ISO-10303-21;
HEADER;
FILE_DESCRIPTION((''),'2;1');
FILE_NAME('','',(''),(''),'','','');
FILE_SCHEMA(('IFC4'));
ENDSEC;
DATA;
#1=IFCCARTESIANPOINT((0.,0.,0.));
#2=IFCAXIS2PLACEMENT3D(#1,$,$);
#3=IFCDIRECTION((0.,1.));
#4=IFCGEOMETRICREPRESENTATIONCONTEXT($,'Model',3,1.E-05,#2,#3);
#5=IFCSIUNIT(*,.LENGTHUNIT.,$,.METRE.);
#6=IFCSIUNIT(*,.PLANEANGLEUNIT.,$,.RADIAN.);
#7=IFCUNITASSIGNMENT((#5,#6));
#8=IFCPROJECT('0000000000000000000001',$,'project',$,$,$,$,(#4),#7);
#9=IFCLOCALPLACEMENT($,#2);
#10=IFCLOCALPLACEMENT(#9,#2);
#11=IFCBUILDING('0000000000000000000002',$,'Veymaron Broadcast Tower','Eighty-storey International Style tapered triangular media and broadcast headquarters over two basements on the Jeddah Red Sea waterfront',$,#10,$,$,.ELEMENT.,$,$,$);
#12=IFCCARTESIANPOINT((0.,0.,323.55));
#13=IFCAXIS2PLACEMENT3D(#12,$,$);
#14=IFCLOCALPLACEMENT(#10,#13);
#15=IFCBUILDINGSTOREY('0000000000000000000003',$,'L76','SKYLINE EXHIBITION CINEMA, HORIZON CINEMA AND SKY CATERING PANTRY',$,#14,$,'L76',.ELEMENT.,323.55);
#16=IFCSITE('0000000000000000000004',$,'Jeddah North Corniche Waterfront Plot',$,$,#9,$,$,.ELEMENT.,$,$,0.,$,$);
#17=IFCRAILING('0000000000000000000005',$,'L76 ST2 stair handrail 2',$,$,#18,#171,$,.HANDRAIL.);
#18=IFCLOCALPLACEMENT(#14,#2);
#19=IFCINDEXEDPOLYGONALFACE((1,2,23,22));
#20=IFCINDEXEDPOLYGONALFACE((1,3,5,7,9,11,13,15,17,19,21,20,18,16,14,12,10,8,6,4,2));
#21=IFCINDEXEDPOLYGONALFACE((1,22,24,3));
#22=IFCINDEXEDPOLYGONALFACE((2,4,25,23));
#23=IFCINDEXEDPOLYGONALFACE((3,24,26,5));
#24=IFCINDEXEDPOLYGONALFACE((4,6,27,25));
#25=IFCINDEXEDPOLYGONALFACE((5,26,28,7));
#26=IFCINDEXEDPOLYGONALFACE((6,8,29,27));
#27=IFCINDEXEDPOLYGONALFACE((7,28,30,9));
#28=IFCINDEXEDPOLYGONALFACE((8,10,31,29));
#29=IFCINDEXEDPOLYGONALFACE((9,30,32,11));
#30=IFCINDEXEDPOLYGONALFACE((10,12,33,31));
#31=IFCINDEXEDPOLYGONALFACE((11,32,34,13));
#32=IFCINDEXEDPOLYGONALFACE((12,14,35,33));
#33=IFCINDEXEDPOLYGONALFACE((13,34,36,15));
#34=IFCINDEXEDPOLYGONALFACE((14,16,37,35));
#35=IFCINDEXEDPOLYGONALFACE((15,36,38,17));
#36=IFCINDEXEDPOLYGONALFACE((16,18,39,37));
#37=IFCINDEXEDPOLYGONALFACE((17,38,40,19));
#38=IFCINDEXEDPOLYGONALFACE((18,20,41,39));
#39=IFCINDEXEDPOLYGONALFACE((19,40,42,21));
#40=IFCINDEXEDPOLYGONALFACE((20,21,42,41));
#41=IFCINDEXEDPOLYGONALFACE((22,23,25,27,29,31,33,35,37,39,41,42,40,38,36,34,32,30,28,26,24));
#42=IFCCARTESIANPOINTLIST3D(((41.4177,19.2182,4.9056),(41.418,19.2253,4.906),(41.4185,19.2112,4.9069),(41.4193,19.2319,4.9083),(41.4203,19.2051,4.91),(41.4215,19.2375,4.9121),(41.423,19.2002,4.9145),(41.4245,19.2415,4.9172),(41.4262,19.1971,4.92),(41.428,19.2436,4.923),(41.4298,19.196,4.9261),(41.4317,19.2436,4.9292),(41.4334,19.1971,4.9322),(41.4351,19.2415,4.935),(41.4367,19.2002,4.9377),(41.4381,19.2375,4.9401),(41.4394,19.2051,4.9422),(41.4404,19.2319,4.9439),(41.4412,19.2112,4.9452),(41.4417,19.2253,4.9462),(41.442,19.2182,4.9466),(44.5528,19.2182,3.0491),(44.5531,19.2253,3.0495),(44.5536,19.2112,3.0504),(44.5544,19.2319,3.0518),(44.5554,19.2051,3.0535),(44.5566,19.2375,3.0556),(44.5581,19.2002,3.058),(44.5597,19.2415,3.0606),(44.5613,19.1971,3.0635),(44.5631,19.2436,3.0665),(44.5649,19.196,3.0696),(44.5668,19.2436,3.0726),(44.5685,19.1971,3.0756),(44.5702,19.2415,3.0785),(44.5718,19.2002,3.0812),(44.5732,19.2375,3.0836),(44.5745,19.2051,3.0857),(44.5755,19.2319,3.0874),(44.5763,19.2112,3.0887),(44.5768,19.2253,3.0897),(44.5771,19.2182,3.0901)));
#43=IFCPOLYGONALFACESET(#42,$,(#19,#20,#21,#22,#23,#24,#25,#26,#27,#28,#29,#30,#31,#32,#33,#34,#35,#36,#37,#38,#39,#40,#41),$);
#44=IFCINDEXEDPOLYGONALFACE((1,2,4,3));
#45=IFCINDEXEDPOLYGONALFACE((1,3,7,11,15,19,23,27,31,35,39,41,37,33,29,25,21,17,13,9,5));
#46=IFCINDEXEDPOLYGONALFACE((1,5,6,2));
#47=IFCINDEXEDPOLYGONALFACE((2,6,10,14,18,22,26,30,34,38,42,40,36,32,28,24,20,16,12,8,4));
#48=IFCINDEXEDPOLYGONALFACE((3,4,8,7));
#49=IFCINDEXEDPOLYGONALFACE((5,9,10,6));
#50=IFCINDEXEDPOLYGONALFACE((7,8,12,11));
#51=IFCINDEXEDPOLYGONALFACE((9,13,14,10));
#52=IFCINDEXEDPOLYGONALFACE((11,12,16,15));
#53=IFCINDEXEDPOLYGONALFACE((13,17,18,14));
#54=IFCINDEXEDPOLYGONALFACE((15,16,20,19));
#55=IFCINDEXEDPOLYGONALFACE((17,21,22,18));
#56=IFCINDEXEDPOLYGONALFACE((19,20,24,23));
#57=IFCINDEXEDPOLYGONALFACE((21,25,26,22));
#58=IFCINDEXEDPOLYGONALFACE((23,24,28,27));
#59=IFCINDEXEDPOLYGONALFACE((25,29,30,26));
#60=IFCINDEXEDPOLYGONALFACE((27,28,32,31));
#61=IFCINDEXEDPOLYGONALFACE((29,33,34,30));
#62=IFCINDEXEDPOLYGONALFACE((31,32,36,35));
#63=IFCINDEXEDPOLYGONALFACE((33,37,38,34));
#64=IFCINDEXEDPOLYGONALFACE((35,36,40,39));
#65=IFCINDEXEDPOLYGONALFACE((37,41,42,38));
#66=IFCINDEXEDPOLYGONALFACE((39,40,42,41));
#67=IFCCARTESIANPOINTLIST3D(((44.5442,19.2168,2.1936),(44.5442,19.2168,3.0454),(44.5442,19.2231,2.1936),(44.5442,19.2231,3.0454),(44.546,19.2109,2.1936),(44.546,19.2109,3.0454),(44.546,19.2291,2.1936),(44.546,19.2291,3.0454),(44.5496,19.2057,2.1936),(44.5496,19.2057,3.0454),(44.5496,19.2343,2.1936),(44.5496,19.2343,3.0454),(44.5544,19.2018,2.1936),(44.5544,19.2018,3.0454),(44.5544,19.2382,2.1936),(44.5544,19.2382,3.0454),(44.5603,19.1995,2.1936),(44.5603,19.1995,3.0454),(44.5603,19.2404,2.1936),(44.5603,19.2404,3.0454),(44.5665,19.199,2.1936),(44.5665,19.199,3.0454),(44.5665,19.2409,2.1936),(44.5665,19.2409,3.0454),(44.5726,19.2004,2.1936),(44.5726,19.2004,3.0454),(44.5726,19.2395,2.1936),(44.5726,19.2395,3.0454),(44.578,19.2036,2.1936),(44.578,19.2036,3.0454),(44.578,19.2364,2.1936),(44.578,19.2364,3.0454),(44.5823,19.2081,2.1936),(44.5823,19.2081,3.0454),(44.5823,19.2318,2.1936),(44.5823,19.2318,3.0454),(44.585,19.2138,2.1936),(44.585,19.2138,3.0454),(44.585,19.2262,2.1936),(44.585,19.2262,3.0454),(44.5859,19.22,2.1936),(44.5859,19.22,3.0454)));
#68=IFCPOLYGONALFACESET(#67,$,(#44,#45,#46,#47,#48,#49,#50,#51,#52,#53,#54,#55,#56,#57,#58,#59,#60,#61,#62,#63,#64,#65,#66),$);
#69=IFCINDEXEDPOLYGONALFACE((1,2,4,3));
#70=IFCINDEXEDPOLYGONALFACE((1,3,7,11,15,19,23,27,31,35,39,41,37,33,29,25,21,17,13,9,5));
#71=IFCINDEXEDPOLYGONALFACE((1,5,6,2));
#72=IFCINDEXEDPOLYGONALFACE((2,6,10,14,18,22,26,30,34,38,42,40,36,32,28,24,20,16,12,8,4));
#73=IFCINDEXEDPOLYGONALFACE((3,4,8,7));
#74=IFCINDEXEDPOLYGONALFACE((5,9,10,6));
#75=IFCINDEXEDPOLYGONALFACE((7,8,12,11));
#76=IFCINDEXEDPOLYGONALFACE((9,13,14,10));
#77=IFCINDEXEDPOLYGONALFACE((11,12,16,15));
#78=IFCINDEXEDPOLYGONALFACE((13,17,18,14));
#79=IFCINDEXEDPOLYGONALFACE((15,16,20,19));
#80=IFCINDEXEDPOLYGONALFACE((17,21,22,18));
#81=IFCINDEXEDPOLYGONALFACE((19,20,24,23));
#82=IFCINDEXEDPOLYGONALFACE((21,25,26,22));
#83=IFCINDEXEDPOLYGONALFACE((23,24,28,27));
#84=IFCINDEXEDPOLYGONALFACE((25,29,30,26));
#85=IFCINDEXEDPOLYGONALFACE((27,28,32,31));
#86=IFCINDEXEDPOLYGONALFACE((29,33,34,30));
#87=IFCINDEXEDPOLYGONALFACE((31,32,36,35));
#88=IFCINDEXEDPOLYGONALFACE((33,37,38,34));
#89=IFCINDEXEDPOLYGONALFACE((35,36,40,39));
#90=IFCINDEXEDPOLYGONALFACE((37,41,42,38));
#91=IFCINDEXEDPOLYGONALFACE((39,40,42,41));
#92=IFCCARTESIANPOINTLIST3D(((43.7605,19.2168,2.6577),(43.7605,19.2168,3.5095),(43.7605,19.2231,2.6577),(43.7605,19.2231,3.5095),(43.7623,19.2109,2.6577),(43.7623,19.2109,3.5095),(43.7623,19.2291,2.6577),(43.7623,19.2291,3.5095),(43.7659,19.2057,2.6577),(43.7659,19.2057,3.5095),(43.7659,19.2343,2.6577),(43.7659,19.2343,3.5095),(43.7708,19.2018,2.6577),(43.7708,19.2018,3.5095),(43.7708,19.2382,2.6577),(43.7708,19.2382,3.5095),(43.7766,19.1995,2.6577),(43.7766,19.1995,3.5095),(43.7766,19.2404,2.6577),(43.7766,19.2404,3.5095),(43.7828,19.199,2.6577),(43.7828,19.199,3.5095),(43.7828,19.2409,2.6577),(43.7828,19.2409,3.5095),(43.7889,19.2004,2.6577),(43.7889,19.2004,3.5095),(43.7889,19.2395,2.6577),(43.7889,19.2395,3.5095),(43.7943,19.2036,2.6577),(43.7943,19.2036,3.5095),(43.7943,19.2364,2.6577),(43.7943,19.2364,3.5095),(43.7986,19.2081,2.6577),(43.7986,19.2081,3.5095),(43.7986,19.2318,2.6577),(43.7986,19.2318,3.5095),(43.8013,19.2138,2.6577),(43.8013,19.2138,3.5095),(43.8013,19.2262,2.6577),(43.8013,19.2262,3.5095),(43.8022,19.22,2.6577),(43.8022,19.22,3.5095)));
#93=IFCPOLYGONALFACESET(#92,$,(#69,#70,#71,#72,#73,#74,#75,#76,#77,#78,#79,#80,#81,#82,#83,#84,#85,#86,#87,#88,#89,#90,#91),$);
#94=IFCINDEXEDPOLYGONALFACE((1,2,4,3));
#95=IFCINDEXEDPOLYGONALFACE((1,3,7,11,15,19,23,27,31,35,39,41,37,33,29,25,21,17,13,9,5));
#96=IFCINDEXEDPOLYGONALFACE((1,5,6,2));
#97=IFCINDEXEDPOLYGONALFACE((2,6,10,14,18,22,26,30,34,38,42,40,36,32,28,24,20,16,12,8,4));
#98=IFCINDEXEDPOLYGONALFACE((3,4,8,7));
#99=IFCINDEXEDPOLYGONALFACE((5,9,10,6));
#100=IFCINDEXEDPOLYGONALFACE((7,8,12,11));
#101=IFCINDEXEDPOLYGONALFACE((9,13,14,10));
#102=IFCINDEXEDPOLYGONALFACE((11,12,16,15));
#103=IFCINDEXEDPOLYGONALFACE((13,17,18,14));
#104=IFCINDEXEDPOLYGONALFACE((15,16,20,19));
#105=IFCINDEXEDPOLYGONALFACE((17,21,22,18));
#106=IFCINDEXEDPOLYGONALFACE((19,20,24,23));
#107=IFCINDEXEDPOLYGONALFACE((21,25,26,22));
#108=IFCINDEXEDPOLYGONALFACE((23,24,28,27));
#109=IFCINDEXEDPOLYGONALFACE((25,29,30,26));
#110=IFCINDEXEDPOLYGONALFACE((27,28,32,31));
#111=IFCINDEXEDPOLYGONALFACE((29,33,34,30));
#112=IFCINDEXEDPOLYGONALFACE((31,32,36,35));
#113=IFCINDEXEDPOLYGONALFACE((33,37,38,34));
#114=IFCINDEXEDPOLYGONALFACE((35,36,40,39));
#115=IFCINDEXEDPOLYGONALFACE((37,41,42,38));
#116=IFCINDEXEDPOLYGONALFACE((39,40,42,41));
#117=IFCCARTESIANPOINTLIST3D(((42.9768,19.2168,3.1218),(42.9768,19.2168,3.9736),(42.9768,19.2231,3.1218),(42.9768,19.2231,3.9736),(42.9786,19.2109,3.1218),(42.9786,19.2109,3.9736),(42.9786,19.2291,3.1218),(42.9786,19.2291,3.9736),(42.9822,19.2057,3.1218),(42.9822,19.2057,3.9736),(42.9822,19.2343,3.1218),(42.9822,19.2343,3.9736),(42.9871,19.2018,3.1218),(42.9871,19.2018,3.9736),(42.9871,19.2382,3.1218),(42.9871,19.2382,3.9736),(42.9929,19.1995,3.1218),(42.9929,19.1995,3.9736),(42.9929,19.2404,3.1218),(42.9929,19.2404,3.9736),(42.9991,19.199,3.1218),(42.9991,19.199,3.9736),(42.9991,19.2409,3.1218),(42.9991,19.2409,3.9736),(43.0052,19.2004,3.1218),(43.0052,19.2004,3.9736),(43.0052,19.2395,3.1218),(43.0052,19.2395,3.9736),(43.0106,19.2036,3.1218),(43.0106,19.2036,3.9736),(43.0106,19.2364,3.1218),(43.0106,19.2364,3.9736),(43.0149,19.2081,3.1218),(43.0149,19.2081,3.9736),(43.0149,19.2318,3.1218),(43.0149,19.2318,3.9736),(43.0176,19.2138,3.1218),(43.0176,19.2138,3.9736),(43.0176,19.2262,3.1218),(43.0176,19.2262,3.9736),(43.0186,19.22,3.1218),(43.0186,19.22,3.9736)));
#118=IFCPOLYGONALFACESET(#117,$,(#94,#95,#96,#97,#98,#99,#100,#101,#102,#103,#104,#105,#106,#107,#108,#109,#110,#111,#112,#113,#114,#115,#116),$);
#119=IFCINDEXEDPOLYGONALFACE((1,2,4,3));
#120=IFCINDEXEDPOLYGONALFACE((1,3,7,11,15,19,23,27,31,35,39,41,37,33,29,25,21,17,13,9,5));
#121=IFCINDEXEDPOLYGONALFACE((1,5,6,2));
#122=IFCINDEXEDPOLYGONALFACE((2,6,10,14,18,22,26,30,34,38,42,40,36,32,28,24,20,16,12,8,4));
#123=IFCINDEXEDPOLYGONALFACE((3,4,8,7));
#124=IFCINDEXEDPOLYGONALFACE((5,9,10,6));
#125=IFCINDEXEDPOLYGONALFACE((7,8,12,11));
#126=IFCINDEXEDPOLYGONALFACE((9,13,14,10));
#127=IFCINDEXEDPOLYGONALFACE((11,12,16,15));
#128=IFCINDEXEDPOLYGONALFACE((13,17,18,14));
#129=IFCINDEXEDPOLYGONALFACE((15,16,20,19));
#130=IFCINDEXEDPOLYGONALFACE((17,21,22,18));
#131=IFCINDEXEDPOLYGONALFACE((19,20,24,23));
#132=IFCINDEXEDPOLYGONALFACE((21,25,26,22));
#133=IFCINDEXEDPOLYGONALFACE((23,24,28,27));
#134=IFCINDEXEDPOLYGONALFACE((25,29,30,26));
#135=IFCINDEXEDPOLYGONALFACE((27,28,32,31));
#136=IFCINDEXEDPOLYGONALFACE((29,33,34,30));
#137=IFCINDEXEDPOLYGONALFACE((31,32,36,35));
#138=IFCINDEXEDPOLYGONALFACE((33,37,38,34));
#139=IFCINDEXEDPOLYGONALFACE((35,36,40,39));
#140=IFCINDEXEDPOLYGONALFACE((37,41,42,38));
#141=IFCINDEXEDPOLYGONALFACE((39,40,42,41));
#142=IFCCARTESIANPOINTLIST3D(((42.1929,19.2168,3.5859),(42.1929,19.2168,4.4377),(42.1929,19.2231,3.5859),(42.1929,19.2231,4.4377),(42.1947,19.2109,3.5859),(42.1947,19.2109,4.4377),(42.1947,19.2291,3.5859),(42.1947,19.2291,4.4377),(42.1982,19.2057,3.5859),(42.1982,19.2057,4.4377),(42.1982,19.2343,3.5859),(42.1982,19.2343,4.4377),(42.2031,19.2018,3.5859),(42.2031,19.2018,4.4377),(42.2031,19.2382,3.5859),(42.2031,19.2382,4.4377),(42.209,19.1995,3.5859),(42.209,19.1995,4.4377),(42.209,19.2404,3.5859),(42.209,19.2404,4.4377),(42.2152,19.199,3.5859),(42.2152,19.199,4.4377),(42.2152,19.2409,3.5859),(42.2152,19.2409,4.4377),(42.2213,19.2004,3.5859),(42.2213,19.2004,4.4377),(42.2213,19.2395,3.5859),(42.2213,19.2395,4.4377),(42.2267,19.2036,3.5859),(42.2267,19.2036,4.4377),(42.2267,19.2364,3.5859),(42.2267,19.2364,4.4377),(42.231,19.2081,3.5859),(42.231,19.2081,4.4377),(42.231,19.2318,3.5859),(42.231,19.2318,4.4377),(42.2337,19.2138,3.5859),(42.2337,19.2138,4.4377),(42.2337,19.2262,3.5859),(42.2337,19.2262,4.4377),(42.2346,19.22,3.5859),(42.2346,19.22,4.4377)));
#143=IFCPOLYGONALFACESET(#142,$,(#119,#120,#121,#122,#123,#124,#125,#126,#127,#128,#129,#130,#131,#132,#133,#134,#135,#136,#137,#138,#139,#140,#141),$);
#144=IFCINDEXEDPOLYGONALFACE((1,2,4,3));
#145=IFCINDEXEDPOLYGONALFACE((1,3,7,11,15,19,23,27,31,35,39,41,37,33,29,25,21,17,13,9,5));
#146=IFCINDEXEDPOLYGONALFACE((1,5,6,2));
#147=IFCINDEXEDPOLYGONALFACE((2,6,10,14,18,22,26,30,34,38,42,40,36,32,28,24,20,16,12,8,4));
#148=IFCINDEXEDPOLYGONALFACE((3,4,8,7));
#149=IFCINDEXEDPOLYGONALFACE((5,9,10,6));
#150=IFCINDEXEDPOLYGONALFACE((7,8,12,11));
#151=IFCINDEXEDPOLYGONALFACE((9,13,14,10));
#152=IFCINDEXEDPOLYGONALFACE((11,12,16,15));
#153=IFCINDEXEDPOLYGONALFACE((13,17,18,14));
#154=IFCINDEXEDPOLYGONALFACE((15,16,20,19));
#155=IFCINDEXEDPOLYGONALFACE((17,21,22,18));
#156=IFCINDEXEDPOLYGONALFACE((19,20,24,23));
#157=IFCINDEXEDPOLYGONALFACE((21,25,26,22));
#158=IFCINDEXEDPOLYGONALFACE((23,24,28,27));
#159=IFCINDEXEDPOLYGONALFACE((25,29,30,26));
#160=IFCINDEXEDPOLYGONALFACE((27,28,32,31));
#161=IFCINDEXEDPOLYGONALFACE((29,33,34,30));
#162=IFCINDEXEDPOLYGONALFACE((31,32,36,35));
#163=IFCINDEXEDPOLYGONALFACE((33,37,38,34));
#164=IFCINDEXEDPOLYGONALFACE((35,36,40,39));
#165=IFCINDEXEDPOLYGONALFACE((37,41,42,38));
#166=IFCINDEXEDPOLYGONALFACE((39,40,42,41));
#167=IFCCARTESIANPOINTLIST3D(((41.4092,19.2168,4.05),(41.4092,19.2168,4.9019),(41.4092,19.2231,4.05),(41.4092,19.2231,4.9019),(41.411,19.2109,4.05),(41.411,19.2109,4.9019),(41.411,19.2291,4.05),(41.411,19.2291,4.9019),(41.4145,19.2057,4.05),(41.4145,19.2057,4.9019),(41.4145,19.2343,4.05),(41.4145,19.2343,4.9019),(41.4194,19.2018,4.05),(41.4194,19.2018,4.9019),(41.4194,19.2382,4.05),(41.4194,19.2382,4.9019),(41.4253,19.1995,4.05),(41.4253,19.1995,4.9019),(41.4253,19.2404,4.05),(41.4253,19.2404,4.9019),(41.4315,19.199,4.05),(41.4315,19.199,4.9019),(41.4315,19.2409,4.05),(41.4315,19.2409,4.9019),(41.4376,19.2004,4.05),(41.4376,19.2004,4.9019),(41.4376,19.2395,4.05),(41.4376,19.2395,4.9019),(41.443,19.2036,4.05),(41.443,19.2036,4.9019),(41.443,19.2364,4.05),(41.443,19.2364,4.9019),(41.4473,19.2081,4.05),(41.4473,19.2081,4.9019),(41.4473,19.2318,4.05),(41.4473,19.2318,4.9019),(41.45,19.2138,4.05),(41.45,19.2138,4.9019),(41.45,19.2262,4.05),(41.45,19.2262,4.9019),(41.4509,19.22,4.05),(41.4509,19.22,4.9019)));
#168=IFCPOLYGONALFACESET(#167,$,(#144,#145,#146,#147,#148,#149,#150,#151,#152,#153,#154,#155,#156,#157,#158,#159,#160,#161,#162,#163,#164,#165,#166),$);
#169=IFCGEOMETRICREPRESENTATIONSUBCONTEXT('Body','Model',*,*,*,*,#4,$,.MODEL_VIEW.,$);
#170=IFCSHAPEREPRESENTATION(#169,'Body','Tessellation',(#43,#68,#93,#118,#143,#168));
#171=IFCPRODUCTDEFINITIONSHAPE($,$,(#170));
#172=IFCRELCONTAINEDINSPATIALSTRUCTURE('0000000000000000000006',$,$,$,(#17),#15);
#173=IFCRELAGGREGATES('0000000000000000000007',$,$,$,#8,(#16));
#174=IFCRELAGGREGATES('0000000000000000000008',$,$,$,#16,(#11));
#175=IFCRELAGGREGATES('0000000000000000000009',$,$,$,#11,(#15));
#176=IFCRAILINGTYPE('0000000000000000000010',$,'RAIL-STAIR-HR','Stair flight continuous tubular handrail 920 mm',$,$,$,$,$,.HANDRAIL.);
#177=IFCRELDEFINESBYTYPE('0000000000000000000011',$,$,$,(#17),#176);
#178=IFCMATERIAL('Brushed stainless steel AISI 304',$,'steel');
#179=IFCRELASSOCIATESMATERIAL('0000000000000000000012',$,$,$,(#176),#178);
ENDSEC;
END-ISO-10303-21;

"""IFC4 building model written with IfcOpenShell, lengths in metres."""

from ifc_helpers import new_model, si_unit, direction, frame, origin, origin_2d, place, context, subcontext, project, spatial, circle, extrude, material, type_object, element, save


model = new_model("IFC4")

# Units and contexts
model_context = context("Model", 3, precision=1e-05, world=origin(), true_north=direction((0.0, 1.0)))
body_context = subcontext(model_context, "Body", "Model", "MODEL_VIEW")
ifc_project = project(units=[si_unit("LENGTHUNIT", "METRE"), si_unit("PLANEANGLEUNIT", "RADIAN")], contexts=[model_context])

# Site, building, storey
site_placement = place(None, origin())
site = spatial("IfcSite", under=ifc_project, at=site_placement, Name="Jeddah North Corniche Waterfront Plot", CompositionType="ELEMENT", RefElevation=0.0)
building_placement = place(site_placement, origin())
building = spatial("IfcBuilding", under=site, at=building_placement, Name="Veymaron Broadcast Tower", Description="Eighty-storey International Style tapered triangular media and broadcast headquarters over two basements on the Jeddah Red Sea waterfront", CompositionType="ELEMENT")
storey_placement = place(building_placement, frame((0.0, 0.0, 323.55)))
storey = spatial("IfcBuildingStorey", under=building, at=storey_placement, Name="L76", Description="SKYLINE EXHIBITION CINEMA, HORIZON CINEMA AND SKY CATERING PANTRY", LongName="L76", CompositionType="ELEMENT", Elevation=323.55)

# Shared definitions
ifc_material_1 = material(Name="Brushed stainless steel AISI 304", Category="steel")

# Railing
railing_type_1 = type_object("IfcRailingType", Name="RAIL-STAIR-HR", Description="Stair flight continuous tubular handrail 920 mm", PredefinedType="HANDRAIL", material=ifc_material_1)
railing_1_placement = place(storey_placement, frame((44.5649, 19.22, 2.1936)))
element("IfcRailing", 1, at=railing_1_placement, inside=storey, type_object=railing_type_1, Name="L76 ST2 stair handrail 2", PredefinedType="HANDRAIL", context=body_context, shape_type="SweptSolid", body=[
    extrude(circle(Radius=0.0239, at=origin_2d()), frame((0.0, 0.0, 0.876), z_axis=(-0.860453, 0.0, 0.509531), x_axis=(0.0, -1.0, 0.0)), (0.0, 0.0, 1.0), 3.6436),
    extrude(circle(Radius=0.021, at=origin_2d()), origin(), (0.0, 0.0, 1.0), 0.8518),
    extrude(circle(Radius=0.021, at=origin_2d()), frame((-0.7837, 0.0, 0.4641)), (0.0, 0.0, 1.0), 0.8518),
    extrude(circle(Radius=0.021, at=origin_2d()), frame((-1.5674, 0.0, 0.9282)), (0.0, 0.0, 1.0), 0.8518),
    extrude(circle(Radius=0.021, at=origin_2d()), frame((-2.3513, 0.0, 1.3923)), (0.0, 0.0, 1.0), 0.8518),
    extrude(circle(Radius=0.021, at=origin_2d()), frame((-3.135, 0.0, 1.8564)), (0.0, 0.0, 1.0), 0.8518),
])

save(model, "model.ifc")
